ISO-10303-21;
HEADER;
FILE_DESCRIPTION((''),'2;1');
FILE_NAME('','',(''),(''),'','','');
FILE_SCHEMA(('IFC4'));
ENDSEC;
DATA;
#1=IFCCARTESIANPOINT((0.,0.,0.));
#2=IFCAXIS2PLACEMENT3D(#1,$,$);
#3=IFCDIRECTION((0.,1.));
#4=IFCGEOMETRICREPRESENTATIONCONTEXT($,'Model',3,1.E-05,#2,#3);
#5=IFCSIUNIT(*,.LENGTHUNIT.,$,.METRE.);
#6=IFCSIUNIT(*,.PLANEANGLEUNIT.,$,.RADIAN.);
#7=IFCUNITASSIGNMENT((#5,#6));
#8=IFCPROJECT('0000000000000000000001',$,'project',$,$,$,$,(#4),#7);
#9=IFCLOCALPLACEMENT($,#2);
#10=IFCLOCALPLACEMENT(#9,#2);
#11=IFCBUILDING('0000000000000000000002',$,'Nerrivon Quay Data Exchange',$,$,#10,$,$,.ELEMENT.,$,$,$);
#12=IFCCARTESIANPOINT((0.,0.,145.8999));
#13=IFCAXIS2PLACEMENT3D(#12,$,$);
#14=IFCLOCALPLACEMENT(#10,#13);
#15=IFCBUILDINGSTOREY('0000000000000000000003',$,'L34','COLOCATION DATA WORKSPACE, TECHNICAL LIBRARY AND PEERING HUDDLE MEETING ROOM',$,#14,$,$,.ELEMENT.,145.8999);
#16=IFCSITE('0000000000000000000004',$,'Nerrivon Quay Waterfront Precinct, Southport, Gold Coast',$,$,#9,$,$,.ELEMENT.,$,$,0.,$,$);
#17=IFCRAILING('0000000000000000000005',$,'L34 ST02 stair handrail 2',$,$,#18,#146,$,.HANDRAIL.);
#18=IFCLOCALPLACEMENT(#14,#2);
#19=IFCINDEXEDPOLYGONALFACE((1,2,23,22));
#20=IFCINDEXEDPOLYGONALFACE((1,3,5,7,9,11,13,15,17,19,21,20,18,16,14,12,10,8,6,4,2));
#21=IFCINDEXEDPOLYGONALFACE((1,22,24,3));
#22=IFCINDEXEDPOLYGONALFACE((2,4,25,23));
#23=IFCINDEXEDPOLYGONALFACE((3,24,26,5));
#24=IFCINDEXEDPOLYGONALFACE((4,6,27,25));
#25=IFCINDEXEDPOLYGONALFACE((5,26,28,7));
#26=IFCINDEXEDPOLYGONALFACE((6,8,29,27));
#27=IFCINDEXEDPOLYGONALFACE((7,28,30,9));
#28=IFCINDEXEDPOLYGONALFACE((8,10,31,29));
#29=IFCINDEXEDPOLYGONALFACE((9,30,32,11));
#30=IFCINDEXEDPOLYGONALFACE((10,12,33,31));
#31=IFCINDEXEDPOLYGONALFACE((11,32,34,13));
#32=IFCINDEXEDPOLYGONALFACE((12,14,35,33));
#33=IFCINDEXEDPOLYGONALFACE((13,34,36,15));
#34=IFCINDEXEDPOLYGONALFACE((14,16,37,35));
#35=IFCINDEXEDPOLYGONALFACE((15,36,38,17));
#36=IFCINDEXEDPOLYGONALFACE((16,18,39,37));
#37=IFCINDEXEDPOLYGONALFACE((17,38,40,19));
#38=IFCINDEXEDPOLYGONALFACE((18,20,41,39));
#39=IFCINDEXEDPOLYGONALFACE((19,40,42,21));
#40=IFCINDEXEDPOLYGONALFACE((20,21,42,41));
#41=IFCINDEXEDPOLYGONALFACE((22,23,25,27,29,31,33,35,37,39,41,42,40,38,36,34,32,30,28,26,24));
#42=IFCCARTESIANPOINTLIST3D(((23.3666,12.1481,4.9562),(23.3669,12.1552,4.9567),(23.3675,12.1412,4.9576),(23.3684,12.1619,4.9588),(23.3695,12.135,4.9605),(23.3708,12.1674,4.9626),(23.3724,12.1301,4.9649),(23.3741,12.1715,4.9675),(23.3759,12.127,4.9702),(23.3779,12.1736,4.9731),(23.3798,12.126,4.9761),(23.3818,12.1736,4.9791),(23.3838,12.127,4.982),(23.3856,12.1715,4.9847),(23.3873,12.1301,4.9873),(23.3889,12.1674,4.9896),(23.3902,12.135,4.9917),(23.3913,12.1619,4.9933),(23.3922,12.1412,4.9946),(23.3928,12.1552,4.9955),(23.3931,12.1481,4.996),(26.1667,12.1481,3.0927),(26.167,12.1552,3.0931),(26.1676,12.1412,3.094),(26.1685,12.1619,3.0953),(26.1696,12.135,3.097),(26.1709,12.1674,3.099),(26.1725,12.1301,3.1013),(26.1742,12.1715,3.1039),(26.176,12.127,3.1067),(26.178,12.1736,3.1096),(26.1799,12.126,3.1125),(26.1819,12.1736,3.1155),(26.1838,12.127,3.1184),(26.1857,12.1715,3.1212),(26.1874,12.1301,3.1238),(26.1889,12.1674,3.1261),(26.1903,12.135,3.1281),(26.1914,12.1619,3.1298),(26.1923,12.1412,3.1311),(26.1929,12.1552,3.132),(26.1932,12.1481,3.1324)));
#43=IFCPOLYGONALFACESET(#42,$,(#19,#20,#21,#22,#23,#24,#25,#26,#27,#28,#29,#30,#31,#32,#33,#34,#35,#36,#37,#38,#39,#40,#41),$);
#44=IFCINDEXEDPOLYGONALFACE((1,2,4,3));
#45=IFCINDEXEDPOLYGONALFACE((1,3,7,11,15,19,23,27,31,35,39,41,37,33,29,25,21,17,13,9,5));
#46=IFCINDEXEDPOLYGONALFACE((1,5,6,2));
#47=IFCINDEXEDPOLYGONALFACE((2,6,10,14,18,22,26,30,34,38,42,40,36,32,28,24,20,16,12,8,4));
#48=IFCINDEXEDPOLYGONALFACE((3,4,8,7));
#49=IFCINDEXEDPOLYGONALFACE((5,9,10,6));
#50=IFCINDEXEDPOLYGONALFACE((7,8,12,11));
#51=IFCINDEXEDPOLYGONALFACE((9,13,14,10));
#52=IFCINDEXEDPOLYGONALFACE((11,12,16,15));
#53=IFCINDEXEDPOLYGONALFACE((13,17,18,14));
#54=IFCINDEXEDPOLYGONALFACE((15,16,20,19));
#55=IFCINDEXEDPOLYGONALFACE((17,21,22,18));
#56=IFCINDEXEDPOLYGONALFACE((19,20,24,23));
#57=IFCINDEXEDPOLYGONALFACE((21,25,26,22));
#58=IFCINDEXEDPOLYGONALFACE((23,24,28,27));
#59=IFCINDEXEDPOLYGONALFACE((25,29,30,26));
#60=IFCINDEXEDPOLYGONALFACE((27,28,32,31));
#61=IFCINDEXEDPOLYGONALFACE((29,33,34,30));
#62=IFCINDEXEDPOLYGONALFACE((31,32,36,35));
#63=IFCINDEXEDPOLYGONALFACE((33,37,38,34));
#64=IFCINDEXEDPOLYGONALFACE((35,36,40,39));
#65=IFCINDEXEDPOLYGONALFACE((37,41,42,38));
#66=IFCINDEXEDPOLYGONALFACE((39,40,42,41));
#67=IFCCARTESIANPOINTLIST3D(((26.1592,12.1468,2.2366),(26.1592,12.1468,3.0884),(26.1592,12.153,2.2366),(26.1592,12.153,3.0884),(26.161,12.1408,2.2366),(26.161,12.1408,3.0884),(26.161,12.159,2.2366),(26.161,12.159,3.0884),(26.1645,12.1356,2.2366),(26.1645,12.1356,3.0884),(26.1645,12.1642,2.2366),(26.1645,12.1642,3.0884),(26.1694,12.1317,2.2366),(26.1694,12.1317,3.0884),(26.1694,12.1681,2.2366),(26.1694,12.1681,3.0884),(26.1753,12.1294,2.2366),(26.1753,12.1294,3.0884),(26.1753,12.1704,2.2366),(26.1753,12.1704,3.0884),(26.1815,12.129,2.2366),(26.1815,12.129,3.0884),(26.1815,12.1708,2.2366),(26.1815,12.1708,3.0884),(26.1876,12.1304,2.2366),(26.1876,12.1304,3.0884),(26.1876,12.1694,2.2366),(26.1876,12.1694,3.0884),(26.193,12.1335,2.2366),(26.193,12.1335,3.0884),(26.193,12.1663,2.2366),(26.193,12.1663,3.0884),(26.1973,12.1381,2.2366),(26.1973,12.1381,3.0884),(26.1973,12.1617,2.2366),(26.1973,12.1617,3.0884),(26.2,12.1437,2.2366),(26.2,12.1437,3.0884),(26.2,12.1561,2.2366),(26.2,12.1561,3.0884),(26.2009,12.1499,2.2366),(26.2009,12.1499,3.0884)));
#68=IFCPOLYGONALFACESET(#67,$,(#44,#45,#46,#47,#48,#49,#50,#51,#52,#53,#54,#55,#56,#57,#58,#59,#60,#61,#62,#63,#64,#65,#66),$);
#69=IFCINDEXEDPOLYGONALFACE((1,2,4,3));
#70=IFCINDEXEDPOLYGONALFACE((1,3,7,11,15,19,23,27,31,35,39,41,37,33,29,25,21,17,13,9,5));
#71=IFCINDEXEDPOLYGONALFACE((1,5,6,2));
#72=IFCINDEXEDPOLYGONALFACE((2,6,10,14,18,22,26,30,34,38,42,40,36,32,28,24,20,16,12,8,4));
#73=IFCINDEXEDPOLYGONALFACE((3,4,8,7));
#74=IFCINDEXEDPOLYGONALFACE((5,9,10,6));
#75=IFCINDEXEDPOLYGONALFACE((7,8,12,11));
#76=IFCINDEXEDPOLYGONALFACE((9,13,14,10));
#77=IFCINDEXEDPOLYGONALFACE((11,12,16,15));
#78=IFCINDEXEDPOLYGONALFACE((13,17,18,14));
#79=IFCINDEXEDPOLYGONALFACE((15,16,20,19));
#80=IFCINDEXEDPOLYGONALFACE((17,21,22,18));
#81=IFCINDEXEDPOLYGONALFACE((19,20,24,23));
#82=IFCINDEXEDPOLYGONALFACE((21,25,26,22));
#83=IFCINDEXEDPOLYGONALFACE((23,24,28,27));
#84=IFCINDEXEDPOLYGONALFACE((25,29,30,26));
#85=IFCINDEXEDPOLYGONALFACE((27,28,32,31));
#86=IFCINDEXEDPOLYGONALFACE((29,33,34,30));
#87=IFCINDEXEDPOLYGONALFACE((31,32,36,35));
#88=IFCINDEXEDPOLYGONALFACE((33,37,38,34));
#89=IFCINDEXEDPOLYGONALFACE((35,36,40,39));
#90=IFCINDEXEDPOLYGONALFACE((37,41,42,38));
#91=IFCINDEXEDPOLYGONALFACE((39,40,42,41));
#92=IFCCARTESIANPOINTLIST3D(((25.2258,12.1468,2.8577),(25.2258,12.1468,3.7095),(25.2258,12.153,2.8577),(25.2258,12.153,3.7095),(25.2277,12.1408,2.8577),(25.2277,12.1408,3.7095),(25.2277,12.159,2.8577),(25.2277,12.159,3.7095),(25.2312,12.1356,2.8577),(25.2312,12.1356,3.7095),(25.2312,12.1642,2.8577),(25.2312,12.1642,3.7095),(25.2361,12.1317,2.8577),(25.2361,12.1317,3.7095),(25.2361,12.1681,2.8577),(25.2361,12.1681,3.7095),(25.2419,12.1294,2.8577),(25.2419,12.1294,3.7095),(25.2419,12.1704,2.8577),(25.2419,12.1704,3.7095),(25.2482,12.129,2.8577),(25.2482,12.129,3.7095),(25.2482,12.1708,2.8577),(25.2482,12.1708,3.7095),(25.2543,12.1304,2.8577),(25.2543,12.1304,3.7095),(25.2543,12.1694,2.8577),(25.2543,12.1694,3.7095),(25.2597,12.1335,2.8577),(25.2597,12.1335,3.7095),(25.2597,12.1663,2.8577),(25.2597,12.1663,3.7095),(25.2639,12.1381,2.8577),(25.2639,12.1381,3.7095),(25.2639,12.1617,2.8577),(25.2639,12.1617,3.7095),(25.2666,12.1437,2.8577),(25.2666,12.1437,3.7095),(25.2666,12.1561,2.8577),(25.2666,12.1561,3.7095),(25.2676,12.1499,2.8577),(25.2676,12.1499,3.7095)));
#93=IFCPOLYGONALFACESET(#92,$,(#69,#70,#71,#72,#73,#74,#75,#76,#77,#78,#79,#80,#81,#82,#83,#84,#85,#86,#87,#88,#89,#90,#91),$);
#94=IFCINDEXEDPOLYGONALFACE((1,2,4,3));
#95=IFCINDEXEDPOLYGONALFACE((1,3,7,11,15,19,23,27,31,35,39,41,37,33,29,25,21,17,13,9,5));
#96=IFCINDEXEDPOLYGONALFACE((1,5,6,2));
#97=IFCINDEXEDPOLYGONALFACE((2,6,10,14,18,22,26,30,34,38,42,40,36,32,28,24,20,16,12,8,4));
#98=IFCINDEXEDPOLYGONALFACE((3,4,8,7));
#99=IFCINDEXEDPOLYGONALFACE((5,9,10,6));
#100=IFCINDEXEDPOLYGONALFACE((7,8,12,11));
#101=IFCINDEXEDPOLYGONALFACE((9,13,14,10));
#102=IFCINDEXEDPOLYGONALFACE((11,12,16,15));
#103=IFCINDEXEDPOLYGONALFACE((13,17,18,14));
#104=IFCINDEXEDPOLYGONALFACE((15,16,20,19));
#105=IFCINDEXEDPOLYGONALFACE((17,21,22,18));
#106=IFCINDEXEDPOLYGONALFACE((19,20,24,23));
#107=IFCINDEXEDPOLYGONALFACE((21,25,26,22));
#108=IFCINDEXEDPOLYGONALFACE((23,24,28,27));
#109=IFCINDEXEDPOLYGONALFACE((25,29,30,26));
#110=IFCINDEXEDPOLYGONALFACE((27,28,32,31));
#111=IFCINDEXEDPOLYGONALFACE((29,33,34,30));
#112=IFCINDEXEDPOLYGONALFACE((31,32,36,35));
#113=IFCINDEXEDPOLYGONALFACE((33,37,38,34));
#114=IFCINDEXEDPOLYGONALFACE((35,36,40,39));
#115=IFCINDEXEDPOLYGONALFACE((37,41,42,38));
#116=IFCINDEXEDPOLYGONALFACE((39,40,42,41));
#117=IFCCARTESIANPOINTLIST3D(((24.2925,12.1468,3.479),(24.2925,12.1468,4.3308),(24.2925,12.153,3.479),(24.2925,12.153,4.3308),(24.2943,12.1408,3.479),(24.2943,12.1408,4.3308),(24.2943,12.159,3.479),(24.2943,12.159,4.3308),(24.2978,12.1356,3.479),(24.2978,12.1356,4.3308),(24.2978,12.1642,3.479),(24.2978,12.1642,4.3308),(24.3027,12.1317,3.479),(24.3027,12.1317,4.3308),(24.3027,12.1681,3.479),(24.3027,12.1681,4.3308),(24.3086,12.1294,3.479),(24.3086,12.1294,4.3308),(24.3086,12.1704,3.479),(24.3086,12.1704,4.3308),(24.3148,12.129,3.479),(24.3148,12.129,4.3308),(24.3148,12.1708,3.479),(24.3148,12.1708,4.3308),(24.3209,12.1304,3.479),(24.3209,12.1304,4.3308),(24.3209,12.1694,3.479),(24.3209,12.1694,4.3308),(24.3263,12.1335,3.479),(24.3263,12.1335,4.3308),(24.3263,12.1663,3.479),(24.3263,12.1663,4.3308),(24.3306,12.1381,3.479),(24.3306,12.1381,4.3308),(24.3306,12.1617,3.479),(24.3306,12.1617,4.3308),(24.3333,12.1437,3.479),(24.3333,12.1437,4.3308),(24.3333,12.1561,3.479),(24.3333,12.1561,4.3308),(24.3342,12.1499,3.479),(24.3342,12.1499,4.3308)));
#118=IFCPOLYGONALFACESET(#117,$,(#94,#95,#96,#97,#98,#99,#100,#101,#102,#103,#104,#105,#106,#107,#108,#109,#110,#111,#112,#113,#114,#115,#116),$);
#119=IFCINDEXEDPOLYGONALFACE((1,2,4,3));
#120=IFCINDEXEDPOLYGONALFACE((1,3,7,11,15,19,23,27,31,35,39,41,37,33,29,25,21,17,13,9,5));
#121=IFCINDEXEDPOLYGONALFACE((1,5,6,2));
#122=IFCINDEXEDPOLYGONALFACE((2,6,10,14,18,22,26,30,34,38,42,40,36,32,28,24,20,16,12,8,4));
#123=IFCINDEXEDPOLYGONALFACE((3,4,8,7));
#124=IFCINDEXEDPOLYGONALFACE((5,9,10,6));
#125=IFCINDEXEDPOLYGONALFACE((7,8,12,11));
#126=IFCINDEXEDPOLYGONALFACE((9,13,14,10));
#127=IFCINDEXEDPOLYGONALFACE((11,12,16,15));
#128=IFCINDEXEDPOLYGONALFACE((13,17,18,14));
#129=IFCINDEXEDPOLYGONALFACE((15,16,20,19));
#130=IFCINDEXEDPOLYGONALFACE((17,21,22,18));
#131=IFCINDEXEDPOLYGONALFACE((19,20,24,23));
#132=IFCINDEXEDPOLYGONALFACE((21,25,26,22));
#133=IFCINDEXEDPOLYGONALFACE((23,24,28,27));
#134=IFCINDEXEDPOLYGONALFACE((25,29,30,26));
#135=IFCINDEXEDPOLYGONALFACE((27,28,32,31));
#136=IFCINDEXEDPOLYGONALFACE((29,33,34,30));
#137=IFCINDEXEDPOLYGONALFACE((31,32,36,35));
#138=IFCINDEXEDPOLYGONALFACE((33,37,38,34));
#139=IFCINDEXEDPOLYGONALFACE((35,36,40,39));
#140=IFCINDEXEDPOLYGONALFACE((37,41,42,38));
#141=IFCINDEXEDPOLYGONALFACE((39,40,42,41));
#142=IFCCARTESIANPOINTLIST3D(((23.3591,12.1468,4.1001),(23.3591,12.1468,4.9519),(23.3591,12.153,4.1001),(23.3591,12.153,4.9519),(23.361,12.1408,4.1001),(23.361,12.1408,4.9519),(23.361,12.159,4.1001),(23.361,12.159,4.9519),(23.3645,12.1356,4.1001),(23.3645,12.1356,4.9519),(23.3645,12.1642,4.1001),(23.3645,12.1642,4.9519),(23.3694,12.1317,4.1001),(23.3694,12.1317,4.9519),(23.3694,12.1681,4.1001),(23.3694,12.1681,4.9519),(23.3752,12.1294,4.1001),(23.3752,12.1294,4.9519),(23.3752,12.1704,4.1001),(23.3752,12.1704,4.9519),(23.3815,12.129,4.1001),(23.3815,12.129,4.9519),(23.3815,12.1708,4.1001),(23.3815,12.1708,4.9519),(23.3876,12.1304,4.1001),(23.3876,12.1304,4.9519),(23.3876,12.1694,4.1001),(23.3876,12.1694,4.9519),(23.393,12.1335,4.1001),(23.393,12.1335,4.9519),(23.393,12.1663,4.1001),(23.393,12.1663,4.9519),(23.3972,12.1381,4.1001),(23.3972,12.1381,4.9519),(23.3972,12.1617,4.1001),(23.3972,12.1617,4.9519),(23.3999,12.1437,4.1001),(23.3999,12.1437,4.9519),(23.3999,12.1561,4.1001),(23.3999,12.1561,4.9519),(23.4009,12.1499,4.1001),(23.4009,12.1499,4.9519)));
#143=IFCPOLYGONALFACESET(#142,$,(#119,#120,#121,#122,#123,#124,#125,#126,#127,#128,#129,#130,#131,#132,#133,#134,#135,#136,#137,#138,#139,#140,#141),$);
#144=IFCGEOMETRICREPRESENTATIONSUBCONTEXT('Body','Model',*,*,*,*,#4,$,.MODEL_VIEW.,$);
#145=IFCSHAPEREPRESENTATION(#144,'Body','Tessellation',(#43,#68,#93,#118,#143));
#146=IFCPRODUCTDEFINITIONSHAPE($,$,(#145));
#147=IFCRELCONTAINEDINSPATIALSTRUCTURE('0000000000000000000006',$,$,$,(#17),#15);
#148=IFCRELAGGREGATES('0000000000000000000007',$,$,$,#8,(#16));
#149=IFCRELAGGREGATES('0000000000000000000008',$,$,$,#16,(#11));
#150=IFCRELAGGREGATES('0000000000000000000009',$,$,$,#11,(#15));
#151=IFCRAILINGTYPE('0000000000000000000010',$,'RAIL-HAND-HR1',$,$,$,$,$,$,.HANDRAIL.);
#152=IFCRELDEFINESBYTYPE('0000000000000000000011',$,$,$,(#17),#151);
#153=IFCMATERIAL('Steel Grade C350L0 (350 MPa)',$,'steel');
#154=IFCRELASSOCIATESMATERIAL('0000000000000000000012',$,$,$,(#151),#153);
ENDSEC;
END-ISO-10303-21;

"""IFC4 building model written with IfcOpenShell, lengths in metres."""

from ifc_helpers import new_model, si_unit, direction, frame, origin, origin_2d, place, context, subcontext, project, spatial, circle, extrude, material, type_object, element, save


model = new_model("IFC4")

# Units and contexts
model_context = context("Model", 3, precision=1e-05, world=origin(), true_north=direction((0.0, 1.0)))
body_context = subcontext(model_context, "Body", "Model", "MODEL_VIEW")
ifc_project = project(units=[si_unit("LENGTHUNIT", "METRE"), si_unit("PLANEANGLEUNIT", "RADIAN")], contexts=[model_context])

# Site, building, storey
site_placement = place(None, origin())
site = spatial("IfcSite", under=ifc_project, at=site_placement, Name="Nerrivon Quay Waterfront Precinct, Southport, Gold Coast", CompositionType="ELEMENT", RefElevation=0.0)
building_placement = place(site_placement, origin())
building = spatial("IfcBuilding", under=site, at=building_placement, Name="Nerrivon Quay Data Exchange", CompositionType="ELEMENT")
storey_placement = place(building_placement, frame((0.0, 0.0, 145.8999)))
storey = spatial("IfcBuildingStorey", under=building, at=storey_placement, Name="L34", Description="COLOCATION DATA WORKSPACE, TECHNICAL LIBRARY AND PEERING HUDDLE MEETING ROOM", CompositionType="ELEMENT", Elevation=145.8999)

# Railing
ifc_material_1 = material(Name="Steel Grade C350L0 (350 MPa)", Category="steel")
railing_type_1 = type_object("IfcRailingType", Name="RAIL-HAND-HR1", PredefinedType="HANDRAIL", material=ifc_material_1)
railing_1_placement = place(storey_placement, frame((26.1799, 12.1499, 2.2366)))
element("IfcRailing", 1, at=railing_1_placement, inside=storey, type_object=railing_type_1, Name="L34 ST02 stair handrail 2", PredefinedType="HANDRAIL", context=body_context, shape_type="SweptSolid", body=[
    extrude(circle(Radius=0.0239, at=origin_2d()), frame((0.0, 0.0, 0.876), z_axis=(-0.832486, 0.0, 0.554047), x_axis=(0.0, -1.0, 0.0)), (0.0, 0.0, 1.0), 3.3635),
    extrude(circle(Radius=0.021, at=origin_2d()), origin(), (0.0, 0.0, 1.0), 0.8518),
    extrude(circle(Radius=0.021, at=origin_2d()), frame((-0.9333, 0.0, 0.6211)), (0.0, 0.0, 1.0), 0.8518),
    extrude(circle(Radius=0.021, at=origin_2d()), frame((-1.8667, 0.0, 1.2424)), (0.0, 0.0, 1.0), 0.8518),
    extrude(circle(Radius=0.021, at=origin_2d()), frame((-2.8, 0.0, 1.8635)), (0.0, 0.0, 1.0), 0.8518),
])

save(model, "model.ifc")
